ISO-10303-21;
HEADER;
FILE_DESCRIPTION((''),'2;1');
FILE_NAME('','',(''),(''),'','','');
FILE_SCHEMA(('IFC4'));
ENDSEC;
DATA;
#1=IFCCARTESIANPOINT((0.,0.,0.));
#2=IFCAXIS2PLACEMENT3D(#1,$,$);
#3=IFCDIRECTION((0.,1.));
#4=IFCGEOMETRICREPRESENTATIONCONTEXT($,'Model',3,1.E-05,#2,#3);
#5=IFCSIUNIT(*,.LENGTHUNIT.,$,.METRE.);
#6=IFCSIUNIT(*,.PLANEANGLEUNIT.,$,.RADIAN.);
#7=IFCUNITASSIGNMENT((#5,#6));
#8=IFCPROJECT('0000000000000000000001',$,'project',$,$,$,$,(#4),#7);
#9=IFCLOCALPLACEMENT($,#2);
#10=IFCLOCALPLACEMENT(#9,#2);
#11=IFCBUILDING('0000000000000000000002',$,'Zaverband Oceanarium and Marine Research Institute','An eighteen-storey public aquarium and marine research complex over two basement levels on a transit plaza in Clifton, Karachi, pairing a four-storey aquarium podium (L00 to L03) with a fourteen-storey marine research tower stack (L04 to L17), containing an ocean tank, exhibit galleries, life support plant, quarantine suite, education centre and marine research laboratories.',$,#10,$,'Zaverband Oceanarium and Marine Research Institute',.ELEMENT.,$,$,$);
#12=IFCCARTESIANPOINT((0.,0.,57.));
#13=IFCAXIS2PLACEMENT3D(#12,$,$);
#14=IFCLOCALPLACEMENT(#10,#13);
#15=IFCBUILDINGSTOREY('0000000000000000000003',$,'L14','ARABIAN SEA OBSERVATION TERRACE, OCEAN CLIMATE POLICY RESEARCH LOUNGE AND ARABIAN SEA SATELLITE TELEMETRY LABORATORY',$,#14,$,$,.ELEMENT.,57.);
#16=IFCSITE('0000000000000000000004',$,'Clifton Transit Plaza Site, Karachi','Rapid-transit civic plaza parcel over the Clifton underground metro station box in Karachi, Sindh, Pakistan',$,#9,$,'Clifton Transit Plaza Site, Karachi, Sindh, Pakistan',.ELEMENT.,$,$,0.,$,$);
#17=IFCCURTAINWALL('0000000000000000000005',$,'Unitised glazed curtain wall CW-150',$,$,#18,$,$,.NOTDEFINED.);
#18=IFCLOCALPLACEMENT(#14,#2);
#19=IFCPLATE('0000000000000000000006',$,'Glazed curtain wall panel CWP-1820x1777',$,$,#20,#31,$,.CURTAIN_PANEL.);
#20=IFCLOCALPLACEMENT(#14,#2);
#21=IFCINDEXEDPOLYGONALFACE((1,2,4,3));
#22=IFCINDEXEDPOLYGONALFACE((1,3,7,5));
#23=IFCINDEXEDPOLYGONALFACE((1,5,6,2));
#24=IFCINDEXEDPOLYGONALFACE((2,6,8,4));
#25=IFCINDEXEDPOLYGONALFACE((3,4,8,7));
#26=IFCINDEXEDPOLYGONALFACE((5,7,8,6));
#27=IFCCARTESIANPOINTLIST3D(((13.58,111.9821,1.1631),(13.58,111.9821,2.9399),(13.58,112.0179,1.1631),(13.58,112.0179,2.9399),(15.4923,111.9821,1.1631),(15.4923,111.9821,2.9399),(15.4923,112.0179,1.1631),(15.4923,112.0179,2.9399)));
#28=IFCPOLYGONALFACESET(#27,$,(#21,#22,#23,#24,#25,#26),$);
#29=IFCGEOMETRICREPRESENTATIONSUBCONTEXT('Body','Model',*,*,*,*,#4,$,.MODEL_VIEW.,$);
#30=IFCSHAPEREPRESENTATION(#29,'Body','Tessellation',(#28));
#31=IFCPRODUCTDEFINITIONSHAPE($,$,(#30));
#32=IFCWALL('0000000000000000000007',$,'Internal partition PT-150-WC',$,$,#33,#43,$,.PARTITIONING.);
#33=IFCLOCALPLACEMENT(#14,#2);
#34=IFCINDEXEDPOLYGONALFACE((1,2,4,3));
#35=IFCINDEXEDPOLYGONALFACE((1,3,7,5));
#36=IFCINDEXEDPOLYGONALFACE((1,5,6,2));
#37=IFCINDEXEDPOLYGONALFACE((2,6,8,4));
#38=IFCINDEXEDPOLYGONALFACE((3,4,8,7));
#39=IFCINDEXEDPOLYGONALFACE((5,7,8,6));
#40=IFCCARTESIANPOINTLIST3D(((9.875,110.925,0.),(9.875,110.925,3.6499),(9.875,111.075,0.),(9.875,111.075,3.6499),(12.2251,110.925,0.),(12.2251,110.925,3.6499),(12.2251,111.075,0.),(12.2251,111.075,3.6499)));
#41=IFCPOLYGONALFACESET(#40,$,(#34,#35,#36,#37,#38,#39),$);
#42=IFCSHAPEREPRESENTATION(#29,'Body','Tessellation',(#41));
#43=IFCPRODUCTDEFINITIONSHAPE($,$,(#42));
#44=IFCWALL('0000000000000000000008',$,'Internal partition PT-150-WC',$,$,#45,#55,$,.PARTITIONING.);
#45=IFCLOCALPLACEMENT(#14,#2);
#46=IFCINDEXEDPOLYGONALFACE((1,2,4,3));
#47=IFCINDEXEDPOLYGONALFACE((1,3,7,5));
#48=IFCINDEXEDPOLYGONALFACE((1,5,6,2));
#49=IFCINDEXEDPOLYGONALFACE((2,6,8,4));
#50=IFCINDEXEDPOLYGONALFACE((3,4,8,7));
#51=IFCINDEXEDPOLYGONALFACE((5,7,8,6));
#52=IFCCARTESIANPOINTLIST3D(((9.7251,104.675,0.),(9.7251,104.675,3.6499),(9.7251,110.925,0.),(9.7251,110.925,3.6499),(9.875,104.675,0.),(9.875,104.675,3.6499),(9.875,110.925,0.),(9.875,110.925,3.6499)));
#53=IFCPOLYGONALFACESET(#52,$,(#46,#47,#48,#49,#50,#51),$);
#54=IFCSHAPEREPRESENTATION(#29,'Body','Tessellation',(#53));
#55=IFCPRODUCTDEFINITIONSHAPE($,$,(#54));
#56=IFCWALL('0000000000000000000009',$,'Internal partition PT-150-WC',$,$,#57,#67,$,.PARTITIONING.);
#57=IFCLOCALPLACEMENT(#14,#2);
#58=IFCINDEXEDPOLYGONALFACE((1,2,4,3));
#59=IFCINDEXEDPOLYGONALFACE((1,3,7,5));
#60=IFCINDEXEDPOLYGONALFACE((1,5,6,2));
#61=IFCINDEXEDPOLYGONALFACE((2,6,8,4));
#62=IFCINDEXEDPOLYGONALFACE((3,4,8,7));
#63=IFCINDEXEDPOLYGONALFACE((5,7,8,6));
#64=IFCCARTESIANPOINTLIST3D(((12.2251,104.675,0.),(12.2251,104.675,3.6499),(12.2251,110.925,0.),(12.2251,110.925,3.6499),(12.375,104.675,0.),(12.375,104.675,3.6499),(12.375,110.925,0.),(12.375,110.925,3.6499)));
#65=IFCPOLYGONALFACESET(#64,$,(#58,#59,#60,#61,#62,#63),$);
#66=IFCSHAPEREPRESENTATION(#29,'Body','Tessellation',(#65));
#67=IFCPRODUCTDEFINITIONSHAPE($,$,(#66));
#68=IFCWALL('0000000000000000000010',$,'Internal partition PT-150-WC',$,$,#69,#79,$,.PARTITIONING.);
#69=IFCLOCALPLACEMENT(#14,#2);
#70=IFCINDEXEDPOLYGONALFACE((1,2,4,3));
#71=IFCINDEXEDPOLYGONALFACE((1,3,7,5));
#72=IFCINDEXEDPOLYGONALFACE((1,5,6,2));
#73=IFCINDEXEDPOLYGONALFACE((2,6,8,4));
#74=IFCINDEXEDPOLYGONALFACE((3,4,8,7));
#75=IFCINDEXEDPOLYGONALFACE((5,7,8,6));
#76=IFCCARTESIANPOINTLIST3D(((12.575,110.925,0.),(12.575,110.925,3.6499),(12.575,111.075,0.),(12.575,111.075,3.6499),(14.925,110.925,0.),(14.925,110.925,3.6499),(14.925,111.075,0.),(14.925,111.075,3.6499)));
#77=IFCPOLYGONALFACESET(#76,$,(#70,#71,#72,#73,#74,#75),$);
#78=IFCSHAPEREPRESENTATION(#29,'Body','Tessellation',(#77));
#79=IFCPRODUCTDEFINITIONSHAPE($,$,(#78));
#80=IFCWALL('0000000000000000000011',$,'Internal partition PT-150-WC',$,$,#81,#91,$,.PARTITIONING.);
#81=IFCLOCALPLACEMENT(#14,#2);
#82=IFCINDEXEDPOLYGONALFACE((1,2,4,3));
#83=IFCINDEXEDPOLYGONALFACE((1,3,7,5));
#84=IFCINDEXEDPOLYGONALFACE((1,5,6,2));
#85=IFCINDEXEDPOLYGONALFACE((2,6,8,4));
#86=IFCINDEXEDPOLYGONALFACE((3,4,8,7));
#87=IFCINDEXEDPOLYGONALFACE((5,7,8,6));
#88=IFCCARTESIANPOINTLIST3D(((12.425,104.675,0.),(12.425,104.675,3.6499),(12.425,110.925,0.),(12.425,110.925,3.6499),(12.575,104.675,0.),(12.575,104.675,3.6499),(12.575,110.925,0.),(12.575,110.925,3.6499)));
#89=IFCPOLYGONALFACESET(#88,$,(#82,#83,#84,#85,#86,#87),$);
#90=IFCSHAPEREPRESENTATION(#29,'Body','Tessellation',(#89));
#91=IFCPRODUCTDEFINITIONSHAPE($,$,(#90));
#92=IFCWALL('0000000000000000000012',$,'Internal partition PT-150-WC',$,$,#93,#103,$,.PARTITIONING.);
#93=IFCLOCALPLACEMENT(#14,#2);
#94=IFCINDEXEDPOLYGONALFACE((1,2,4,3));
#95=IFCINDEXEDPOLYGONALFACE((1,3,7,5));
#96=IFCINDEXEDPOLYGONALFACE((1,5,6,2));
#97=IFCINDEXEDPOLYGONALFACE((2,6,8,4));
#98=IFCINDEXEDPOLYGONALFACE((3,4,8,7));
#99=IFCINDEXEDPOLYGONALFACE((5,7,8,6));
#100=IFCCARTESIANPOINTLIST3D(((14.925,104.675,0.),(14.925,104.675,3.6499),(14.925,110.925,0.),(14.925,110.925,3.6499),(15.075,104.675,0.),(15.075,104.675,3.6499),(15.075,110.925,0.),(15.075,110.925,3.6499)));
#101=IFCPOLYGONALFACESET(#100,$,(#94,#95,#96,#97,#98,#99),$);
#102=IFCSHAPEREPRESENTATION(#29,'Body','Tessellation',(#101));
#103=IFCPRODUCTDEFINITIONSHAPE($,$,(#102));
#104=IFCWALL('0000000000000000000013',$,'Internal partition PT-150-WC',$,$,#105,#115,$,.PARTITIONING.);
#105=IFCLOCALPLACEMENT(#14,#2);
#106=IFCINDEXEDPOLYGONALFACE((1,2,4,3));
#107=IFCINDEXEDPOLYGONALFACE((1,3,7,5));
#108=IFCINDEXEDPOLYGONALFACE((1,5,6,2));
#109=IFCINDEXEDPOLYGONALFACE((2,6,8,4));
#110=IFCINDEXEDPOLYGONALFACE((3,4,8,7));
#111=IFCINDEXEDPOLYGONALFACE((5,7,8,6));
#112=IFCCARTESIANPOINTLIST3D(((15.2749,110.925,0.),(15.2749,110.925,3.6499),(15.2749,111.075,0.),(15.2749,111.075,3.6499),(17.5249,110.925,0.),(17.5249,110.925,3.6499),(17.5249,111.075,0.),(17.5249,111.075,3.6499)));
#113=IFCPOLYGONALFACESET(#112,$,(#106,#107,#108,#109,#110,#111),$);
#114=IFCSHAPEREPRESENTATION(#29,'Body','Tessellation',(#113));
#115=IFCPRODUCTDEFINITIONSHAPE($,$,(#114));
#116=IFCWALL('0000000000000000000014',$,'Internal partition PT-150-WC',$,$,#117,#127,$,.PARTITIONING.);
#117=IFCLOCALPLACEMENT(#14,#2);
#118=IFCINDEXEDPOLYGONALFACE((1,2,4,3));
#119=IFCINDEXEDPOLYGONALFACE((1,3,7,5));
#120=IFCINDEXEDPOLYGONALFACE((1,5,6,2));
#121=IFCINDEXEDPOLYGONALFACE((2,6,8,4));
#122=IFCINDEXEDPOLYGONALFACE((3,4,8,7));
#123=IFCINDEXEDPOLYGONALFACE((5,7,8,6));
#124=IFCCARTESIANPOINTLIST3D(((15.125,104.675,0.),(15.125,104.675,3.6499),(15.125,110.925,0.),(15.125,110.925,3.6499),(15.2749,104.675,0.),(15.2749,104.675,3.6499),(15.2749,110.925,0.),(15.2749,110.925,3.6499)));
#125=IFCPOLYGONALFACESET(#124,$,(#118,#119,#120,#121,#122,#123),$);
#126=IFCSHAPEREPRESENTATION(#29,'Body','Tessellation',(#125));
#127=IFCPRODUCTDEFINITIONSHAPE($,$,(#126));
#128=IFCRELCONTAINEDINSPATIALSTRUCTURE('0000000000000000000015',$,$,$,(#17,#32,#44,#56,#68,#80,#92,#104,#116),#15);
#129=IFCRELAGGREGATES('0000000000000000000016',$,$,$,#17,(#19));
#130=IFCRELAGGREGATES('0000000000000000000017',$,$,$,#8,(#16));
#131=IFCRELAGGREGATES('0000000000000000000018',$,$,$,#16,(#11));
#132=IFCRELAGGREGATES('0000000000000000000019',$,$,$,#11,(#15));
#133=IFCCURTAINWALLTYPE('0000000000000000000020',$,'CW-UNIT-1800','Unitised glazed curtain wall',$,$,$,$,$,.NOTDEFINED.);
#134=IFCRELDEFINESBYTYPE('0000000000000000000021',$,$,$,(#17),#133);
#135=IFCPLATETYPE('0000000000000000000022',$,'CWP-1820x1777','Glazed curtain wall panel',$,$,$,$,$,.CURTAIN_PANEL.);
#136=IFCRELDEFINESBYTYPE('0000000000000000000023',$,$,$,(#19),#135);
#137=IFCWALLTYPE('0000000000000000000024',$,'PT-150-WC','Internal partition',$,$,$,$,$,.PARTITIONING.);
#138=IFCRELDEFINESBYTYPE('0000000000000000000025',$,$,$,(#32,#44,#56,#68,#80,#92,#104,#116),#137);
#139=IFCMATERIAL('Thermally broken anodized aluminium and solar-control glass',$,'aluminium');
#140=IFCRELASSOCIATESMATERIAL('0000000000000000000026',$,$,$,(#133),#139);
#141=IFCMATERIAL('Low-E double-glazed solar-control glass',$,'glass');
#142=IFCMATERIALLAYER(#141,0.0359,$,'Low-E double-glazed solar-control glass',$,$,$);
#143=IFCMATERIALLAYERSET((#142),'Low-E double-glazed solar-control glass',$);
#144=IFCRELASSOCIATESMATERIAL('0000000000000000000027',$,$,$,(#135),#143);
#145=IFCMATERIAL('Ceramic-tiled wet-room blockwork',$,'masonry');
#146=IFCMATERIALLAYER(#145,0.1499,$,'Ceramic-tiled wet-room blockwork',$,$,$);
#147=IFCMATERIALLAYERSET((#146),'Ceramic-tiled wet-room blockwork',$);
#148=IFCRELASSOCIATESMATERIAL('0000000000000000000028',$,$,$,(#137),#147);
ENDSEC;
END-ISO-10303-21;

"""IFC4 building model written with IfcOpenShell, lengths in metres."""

from ifc_helpers import new_model, si_unit, direction, frame, frame_2d, origin, place, context, subcontext, project, spatial, rectangle, extrude, material, layer, layer_set, type_object, element, aggregate, save


model = new_model("IFC4")

# Units and contexts
model_context = context("Model", 3, precision=1e-05, world=origin(), true_north=direction((0.0, 1.0)))
body_context = subcontext(model_context, "Body", "Model", "MODEL_VIEW")
ifc_project = project(units=[si_unit("LENGTHUNIT", "METRE"), si_unit("PLANEANGLEUNIT", "RADIAN")], contexts=[model_context])

# Site, building, storey
site_placement = place(None, origin())
site = spatial("IfcSite", under=ifc_project, at=site_placement, Name="Clifton Transit Plaza Site, Karachi", Description="Rapid-transit civic plaza parcel over the Clifton underground metro station box in Karachi, Sindh, Pakistan", LongName="Clifton Transit Plaza Site, Karachi, Sindh, Pakistan", CompositionType="ELEMENT", RefElevation=0.0)
building_placement = place(site_placement, origin())
building = spatial("IfcBuilding", under=site, at=building_placement, Name="Zaverband Oceanarium and Marine Research Institute", Description="An eighteen-storey public aquarium and marine research complex over two basement levels on a transit plaza in Clifton, Karachi, pairing a four-storey aquarium podium (L00 to L03) with a fourteen-storey marine research tower stack (L04 to L17), containing an ocean tank, exhibit galleries, life support plant, quarantine suite, education centre and marine research laboratories.", LongName="Zaverband Oceanarium and Marine Research Institute", CompositionType="ELEMENT")
storey_placement = place(building_placement, frame((0.0, 0.0, 57.0)))
storey = spatial("IfcBuildingStorey", under=building, at=storey_placement, Name="L14", Description="ARABIAN SEA OBSERVATION TERRACE, OCEAN CLIMATE POLICY RESEARCH LOUNGE AND ARABIAN SEA SATELLITE TELEMETRY LABORATORY", CompositionType="ELEMENT", Elevation=57.0)

# Curtain wall
ifc_material_1 = material(Name="Thermally broken anodized aluminium and solar-control glass", Category="aluminium")
curtain_wall_type = type_object("IfcCurtainWallType", Name="CW-UNIT-1800", Description="Unitised glazed curtain wall", PredefinedType="NOTDEFINED", material=ifc_material_1)
curtain_wall_placement = place(storey_placement, origin())
curtain_wall = element("IfcCurtainWall", 1, at=curtain_wall_placement, inside=storey, type_object=curtain_wall_type, Name="Unitised glazed curtain wall CW-150", PredefinedType="NOTDEFINED")

# Plate
ifc_material_2 = material(Name="Low-E double-glazed solar-control glass", Category="glass")
ifc_layer_1 = layer(ifc_material_2, 0.0359, Name="Low-E double-glazed solar-control glass")
ifc_layer_set_1 = layer_set([ifc_layer_1], Name="Low-E double-glazed solar-control glass")
plate_type_1 = type_object("IfcPlateType", Name="CWP-1820x1777", Description="Glazed curtain wall panel", PredefinedType="CURTAIN_PANEL", material=ifc_layer_set_1)
plate_1_placement = place(storey_placement, frame((13.5801, 112.0, 1.1631), z_axis=(0.0, 0.0, 1.0), x_axis=(1.0, 0.0, 0.0)))
plate_1 = element("IfcPlate", 2, at=plate_1_placement, type_object=plate_type_1, Name="Glazed curtain wall panel CWP-1820x1777", PredefinedType="CURTAIN_PANEL", context=body_context, shape_type="SweptSolid", body=[
    extrude(rectangle(XDim=1.9124, YDim=0.0359, at=frame_2d((0.9561, 0.0))), origin(), (0.0, 0.0, 1.0), 1.7769),
])
aggregate(curtain_wall, [plate_1])

# Walls
ifc_material_3 = material(Name="Ceramic-tiled wet-room blockwork", Category="masonry")
ifc_layer_2 = layer(ifc_material_3, 0.1499, Name="Ceramic-tiled wet-room blockwork")
ifc_layer_set_2 = layer_set([ifc_layer_2], Name="Ceramic-tiled wet-room blockwork")
wall_type = type_object("IfcWallType", Name="PT-150-WC", Description="Internal partition", PredefinedType="PARTITIONING", material=ifc_layer_set_2)
wall_1_placement = place(storey_placement, frame((9.875, 111.0, 0.0), z_axis=(0.0, 0.0, 1.0), x_axis=(1.0, 0.0, 0.0)))
element("IfcWall", 3, at=wall_1_placement, inside=storey, type_object=wall_type, Name="Internal partition PT-150-WC", PredefinedType="PARTITIONING", context=body_context, shape_type="SweptSolid", body=[
    extrude(rectangle(XDim=2.3501, YDim=0.1499, at=frame_2d((1.175, 0.0))), origin(), (0.0, 0.0, 1.0), 3.6499),
])
for number, where, z_axis, x_axis, name in (
    (4, (9.8, 104.675, 0.0), (0.0, 0.0, 1.0), (0.0, 1.0, 0.0), "Internal partition PT-150-WC"),
    (5, (12.3, 104.675, 0.0), (0.0, 0.0, 1.0), (0.0, 1.0, 0.0), "Internal partition PT-150-WC"),
):
    element("IfcWall", number, at=place(storey_placement, frame(where, z_axis=z_axis, x_axis=x_axis)), inside=storey, type_object=wall_type, Name=name, PredefinedType="PARTITIONING", context=body_context, shape_type="SweptSolid", body=[
        extrude(rectangle(XDim=6.25, YDim=0.1499, at=frame_2d((3.125, 0.0))), origin(), (0.0, 0.0, 1.0), 3.6499),
    ])
wall_2_placement = place(storey_placement, frame((12.575, 111.0, 0.0), z_axis=(0.0, 0.0, 1.0), x_axis=(1.0, 0.0, 0.0)))
element("IfcWall", 6, at=wall_2_placement, inside=storey, type_object=wall_type, Name="Internal partition PT-150-WC", PredefinedType="PARTITIONING", context=body_context, shape_type="SweptSolid", body=[
    extrude(rectangle(XDim=2.3501, YDim=0.1499, at=frame_2d((1.175, 0.0))), origin(), (0.0, 0.0, 1.0), 3.6499),
])
for number, where, z_axis, x_axis, name in (
    (7, (12.5, 104.675, 0.0), (0.0, 0.0, 1.0), (0.0, 1.0, 0.0), "Internal partition PT-150-WC"),
    (8, (15.0, 104.675, 0.0), (0.0, 0.0, 1.0), (0.0, 1.0, 0.0), "Internal partition PT-150-WC"),
):
    element("IfcWall", number, at=place(storey_placement, frame(where, z_axis=z_axis, x_axis=x_axis)), inside=storey, type_object=wall_type, Name=name, PredefinedType="PARTITIONING", context=body_context, shape_type="SweptSolid", body=[
        extrude(rectangle(XDim=6.25, YDim=0.1499, at=frame_2d((3.125, 0.0))), origin(), (0.0, 0.0, 1.0), 3.6499),
    ])
wall_3_placement = place(storey_placement, frame((15.2749, 111.0, 0.0), z_axis=(0.0, 0.0, 1.0), x_axis=(1.0, 0.0, 0.0)))
element("IfcWall", 9, at=wall_3_placement, inside=storey, type_object=wall_type, Name="Internal partition PT-150-WC", PredefinedType="PARTITIONING", context=body_context, shape_type="SweptSolid", body=[
    extrude(rectangle(XDim=2.25, YDim=0.1499, at=frame_2d((1.125, 0.0))), origin(), (0.0, 0.0, 1.0), 3.6499),
])
wall_4_placement = place(storey_placement, frame((15.2, 104.675, 0.0), z_axis=(0.0, 0.0, 1.0), x_axis=(0.0, 1.0, 0.0)))
element("IfcWall", 10, at=wall_4_placement, inside=storey, type_object=wall_type, Name="Internal partition PT-150-WC", PredefinedType="PARTITIONING", context=body_context, shape_type="SweptSolid", body=[
    extrude(rectangle(XDim=6.25, YDim=0.1499, at=frame_2d((3.125, 0.0))), origin(), (0.0, 0.0, 1.0), 3.6499),
])

save(model, "model.ifc")
